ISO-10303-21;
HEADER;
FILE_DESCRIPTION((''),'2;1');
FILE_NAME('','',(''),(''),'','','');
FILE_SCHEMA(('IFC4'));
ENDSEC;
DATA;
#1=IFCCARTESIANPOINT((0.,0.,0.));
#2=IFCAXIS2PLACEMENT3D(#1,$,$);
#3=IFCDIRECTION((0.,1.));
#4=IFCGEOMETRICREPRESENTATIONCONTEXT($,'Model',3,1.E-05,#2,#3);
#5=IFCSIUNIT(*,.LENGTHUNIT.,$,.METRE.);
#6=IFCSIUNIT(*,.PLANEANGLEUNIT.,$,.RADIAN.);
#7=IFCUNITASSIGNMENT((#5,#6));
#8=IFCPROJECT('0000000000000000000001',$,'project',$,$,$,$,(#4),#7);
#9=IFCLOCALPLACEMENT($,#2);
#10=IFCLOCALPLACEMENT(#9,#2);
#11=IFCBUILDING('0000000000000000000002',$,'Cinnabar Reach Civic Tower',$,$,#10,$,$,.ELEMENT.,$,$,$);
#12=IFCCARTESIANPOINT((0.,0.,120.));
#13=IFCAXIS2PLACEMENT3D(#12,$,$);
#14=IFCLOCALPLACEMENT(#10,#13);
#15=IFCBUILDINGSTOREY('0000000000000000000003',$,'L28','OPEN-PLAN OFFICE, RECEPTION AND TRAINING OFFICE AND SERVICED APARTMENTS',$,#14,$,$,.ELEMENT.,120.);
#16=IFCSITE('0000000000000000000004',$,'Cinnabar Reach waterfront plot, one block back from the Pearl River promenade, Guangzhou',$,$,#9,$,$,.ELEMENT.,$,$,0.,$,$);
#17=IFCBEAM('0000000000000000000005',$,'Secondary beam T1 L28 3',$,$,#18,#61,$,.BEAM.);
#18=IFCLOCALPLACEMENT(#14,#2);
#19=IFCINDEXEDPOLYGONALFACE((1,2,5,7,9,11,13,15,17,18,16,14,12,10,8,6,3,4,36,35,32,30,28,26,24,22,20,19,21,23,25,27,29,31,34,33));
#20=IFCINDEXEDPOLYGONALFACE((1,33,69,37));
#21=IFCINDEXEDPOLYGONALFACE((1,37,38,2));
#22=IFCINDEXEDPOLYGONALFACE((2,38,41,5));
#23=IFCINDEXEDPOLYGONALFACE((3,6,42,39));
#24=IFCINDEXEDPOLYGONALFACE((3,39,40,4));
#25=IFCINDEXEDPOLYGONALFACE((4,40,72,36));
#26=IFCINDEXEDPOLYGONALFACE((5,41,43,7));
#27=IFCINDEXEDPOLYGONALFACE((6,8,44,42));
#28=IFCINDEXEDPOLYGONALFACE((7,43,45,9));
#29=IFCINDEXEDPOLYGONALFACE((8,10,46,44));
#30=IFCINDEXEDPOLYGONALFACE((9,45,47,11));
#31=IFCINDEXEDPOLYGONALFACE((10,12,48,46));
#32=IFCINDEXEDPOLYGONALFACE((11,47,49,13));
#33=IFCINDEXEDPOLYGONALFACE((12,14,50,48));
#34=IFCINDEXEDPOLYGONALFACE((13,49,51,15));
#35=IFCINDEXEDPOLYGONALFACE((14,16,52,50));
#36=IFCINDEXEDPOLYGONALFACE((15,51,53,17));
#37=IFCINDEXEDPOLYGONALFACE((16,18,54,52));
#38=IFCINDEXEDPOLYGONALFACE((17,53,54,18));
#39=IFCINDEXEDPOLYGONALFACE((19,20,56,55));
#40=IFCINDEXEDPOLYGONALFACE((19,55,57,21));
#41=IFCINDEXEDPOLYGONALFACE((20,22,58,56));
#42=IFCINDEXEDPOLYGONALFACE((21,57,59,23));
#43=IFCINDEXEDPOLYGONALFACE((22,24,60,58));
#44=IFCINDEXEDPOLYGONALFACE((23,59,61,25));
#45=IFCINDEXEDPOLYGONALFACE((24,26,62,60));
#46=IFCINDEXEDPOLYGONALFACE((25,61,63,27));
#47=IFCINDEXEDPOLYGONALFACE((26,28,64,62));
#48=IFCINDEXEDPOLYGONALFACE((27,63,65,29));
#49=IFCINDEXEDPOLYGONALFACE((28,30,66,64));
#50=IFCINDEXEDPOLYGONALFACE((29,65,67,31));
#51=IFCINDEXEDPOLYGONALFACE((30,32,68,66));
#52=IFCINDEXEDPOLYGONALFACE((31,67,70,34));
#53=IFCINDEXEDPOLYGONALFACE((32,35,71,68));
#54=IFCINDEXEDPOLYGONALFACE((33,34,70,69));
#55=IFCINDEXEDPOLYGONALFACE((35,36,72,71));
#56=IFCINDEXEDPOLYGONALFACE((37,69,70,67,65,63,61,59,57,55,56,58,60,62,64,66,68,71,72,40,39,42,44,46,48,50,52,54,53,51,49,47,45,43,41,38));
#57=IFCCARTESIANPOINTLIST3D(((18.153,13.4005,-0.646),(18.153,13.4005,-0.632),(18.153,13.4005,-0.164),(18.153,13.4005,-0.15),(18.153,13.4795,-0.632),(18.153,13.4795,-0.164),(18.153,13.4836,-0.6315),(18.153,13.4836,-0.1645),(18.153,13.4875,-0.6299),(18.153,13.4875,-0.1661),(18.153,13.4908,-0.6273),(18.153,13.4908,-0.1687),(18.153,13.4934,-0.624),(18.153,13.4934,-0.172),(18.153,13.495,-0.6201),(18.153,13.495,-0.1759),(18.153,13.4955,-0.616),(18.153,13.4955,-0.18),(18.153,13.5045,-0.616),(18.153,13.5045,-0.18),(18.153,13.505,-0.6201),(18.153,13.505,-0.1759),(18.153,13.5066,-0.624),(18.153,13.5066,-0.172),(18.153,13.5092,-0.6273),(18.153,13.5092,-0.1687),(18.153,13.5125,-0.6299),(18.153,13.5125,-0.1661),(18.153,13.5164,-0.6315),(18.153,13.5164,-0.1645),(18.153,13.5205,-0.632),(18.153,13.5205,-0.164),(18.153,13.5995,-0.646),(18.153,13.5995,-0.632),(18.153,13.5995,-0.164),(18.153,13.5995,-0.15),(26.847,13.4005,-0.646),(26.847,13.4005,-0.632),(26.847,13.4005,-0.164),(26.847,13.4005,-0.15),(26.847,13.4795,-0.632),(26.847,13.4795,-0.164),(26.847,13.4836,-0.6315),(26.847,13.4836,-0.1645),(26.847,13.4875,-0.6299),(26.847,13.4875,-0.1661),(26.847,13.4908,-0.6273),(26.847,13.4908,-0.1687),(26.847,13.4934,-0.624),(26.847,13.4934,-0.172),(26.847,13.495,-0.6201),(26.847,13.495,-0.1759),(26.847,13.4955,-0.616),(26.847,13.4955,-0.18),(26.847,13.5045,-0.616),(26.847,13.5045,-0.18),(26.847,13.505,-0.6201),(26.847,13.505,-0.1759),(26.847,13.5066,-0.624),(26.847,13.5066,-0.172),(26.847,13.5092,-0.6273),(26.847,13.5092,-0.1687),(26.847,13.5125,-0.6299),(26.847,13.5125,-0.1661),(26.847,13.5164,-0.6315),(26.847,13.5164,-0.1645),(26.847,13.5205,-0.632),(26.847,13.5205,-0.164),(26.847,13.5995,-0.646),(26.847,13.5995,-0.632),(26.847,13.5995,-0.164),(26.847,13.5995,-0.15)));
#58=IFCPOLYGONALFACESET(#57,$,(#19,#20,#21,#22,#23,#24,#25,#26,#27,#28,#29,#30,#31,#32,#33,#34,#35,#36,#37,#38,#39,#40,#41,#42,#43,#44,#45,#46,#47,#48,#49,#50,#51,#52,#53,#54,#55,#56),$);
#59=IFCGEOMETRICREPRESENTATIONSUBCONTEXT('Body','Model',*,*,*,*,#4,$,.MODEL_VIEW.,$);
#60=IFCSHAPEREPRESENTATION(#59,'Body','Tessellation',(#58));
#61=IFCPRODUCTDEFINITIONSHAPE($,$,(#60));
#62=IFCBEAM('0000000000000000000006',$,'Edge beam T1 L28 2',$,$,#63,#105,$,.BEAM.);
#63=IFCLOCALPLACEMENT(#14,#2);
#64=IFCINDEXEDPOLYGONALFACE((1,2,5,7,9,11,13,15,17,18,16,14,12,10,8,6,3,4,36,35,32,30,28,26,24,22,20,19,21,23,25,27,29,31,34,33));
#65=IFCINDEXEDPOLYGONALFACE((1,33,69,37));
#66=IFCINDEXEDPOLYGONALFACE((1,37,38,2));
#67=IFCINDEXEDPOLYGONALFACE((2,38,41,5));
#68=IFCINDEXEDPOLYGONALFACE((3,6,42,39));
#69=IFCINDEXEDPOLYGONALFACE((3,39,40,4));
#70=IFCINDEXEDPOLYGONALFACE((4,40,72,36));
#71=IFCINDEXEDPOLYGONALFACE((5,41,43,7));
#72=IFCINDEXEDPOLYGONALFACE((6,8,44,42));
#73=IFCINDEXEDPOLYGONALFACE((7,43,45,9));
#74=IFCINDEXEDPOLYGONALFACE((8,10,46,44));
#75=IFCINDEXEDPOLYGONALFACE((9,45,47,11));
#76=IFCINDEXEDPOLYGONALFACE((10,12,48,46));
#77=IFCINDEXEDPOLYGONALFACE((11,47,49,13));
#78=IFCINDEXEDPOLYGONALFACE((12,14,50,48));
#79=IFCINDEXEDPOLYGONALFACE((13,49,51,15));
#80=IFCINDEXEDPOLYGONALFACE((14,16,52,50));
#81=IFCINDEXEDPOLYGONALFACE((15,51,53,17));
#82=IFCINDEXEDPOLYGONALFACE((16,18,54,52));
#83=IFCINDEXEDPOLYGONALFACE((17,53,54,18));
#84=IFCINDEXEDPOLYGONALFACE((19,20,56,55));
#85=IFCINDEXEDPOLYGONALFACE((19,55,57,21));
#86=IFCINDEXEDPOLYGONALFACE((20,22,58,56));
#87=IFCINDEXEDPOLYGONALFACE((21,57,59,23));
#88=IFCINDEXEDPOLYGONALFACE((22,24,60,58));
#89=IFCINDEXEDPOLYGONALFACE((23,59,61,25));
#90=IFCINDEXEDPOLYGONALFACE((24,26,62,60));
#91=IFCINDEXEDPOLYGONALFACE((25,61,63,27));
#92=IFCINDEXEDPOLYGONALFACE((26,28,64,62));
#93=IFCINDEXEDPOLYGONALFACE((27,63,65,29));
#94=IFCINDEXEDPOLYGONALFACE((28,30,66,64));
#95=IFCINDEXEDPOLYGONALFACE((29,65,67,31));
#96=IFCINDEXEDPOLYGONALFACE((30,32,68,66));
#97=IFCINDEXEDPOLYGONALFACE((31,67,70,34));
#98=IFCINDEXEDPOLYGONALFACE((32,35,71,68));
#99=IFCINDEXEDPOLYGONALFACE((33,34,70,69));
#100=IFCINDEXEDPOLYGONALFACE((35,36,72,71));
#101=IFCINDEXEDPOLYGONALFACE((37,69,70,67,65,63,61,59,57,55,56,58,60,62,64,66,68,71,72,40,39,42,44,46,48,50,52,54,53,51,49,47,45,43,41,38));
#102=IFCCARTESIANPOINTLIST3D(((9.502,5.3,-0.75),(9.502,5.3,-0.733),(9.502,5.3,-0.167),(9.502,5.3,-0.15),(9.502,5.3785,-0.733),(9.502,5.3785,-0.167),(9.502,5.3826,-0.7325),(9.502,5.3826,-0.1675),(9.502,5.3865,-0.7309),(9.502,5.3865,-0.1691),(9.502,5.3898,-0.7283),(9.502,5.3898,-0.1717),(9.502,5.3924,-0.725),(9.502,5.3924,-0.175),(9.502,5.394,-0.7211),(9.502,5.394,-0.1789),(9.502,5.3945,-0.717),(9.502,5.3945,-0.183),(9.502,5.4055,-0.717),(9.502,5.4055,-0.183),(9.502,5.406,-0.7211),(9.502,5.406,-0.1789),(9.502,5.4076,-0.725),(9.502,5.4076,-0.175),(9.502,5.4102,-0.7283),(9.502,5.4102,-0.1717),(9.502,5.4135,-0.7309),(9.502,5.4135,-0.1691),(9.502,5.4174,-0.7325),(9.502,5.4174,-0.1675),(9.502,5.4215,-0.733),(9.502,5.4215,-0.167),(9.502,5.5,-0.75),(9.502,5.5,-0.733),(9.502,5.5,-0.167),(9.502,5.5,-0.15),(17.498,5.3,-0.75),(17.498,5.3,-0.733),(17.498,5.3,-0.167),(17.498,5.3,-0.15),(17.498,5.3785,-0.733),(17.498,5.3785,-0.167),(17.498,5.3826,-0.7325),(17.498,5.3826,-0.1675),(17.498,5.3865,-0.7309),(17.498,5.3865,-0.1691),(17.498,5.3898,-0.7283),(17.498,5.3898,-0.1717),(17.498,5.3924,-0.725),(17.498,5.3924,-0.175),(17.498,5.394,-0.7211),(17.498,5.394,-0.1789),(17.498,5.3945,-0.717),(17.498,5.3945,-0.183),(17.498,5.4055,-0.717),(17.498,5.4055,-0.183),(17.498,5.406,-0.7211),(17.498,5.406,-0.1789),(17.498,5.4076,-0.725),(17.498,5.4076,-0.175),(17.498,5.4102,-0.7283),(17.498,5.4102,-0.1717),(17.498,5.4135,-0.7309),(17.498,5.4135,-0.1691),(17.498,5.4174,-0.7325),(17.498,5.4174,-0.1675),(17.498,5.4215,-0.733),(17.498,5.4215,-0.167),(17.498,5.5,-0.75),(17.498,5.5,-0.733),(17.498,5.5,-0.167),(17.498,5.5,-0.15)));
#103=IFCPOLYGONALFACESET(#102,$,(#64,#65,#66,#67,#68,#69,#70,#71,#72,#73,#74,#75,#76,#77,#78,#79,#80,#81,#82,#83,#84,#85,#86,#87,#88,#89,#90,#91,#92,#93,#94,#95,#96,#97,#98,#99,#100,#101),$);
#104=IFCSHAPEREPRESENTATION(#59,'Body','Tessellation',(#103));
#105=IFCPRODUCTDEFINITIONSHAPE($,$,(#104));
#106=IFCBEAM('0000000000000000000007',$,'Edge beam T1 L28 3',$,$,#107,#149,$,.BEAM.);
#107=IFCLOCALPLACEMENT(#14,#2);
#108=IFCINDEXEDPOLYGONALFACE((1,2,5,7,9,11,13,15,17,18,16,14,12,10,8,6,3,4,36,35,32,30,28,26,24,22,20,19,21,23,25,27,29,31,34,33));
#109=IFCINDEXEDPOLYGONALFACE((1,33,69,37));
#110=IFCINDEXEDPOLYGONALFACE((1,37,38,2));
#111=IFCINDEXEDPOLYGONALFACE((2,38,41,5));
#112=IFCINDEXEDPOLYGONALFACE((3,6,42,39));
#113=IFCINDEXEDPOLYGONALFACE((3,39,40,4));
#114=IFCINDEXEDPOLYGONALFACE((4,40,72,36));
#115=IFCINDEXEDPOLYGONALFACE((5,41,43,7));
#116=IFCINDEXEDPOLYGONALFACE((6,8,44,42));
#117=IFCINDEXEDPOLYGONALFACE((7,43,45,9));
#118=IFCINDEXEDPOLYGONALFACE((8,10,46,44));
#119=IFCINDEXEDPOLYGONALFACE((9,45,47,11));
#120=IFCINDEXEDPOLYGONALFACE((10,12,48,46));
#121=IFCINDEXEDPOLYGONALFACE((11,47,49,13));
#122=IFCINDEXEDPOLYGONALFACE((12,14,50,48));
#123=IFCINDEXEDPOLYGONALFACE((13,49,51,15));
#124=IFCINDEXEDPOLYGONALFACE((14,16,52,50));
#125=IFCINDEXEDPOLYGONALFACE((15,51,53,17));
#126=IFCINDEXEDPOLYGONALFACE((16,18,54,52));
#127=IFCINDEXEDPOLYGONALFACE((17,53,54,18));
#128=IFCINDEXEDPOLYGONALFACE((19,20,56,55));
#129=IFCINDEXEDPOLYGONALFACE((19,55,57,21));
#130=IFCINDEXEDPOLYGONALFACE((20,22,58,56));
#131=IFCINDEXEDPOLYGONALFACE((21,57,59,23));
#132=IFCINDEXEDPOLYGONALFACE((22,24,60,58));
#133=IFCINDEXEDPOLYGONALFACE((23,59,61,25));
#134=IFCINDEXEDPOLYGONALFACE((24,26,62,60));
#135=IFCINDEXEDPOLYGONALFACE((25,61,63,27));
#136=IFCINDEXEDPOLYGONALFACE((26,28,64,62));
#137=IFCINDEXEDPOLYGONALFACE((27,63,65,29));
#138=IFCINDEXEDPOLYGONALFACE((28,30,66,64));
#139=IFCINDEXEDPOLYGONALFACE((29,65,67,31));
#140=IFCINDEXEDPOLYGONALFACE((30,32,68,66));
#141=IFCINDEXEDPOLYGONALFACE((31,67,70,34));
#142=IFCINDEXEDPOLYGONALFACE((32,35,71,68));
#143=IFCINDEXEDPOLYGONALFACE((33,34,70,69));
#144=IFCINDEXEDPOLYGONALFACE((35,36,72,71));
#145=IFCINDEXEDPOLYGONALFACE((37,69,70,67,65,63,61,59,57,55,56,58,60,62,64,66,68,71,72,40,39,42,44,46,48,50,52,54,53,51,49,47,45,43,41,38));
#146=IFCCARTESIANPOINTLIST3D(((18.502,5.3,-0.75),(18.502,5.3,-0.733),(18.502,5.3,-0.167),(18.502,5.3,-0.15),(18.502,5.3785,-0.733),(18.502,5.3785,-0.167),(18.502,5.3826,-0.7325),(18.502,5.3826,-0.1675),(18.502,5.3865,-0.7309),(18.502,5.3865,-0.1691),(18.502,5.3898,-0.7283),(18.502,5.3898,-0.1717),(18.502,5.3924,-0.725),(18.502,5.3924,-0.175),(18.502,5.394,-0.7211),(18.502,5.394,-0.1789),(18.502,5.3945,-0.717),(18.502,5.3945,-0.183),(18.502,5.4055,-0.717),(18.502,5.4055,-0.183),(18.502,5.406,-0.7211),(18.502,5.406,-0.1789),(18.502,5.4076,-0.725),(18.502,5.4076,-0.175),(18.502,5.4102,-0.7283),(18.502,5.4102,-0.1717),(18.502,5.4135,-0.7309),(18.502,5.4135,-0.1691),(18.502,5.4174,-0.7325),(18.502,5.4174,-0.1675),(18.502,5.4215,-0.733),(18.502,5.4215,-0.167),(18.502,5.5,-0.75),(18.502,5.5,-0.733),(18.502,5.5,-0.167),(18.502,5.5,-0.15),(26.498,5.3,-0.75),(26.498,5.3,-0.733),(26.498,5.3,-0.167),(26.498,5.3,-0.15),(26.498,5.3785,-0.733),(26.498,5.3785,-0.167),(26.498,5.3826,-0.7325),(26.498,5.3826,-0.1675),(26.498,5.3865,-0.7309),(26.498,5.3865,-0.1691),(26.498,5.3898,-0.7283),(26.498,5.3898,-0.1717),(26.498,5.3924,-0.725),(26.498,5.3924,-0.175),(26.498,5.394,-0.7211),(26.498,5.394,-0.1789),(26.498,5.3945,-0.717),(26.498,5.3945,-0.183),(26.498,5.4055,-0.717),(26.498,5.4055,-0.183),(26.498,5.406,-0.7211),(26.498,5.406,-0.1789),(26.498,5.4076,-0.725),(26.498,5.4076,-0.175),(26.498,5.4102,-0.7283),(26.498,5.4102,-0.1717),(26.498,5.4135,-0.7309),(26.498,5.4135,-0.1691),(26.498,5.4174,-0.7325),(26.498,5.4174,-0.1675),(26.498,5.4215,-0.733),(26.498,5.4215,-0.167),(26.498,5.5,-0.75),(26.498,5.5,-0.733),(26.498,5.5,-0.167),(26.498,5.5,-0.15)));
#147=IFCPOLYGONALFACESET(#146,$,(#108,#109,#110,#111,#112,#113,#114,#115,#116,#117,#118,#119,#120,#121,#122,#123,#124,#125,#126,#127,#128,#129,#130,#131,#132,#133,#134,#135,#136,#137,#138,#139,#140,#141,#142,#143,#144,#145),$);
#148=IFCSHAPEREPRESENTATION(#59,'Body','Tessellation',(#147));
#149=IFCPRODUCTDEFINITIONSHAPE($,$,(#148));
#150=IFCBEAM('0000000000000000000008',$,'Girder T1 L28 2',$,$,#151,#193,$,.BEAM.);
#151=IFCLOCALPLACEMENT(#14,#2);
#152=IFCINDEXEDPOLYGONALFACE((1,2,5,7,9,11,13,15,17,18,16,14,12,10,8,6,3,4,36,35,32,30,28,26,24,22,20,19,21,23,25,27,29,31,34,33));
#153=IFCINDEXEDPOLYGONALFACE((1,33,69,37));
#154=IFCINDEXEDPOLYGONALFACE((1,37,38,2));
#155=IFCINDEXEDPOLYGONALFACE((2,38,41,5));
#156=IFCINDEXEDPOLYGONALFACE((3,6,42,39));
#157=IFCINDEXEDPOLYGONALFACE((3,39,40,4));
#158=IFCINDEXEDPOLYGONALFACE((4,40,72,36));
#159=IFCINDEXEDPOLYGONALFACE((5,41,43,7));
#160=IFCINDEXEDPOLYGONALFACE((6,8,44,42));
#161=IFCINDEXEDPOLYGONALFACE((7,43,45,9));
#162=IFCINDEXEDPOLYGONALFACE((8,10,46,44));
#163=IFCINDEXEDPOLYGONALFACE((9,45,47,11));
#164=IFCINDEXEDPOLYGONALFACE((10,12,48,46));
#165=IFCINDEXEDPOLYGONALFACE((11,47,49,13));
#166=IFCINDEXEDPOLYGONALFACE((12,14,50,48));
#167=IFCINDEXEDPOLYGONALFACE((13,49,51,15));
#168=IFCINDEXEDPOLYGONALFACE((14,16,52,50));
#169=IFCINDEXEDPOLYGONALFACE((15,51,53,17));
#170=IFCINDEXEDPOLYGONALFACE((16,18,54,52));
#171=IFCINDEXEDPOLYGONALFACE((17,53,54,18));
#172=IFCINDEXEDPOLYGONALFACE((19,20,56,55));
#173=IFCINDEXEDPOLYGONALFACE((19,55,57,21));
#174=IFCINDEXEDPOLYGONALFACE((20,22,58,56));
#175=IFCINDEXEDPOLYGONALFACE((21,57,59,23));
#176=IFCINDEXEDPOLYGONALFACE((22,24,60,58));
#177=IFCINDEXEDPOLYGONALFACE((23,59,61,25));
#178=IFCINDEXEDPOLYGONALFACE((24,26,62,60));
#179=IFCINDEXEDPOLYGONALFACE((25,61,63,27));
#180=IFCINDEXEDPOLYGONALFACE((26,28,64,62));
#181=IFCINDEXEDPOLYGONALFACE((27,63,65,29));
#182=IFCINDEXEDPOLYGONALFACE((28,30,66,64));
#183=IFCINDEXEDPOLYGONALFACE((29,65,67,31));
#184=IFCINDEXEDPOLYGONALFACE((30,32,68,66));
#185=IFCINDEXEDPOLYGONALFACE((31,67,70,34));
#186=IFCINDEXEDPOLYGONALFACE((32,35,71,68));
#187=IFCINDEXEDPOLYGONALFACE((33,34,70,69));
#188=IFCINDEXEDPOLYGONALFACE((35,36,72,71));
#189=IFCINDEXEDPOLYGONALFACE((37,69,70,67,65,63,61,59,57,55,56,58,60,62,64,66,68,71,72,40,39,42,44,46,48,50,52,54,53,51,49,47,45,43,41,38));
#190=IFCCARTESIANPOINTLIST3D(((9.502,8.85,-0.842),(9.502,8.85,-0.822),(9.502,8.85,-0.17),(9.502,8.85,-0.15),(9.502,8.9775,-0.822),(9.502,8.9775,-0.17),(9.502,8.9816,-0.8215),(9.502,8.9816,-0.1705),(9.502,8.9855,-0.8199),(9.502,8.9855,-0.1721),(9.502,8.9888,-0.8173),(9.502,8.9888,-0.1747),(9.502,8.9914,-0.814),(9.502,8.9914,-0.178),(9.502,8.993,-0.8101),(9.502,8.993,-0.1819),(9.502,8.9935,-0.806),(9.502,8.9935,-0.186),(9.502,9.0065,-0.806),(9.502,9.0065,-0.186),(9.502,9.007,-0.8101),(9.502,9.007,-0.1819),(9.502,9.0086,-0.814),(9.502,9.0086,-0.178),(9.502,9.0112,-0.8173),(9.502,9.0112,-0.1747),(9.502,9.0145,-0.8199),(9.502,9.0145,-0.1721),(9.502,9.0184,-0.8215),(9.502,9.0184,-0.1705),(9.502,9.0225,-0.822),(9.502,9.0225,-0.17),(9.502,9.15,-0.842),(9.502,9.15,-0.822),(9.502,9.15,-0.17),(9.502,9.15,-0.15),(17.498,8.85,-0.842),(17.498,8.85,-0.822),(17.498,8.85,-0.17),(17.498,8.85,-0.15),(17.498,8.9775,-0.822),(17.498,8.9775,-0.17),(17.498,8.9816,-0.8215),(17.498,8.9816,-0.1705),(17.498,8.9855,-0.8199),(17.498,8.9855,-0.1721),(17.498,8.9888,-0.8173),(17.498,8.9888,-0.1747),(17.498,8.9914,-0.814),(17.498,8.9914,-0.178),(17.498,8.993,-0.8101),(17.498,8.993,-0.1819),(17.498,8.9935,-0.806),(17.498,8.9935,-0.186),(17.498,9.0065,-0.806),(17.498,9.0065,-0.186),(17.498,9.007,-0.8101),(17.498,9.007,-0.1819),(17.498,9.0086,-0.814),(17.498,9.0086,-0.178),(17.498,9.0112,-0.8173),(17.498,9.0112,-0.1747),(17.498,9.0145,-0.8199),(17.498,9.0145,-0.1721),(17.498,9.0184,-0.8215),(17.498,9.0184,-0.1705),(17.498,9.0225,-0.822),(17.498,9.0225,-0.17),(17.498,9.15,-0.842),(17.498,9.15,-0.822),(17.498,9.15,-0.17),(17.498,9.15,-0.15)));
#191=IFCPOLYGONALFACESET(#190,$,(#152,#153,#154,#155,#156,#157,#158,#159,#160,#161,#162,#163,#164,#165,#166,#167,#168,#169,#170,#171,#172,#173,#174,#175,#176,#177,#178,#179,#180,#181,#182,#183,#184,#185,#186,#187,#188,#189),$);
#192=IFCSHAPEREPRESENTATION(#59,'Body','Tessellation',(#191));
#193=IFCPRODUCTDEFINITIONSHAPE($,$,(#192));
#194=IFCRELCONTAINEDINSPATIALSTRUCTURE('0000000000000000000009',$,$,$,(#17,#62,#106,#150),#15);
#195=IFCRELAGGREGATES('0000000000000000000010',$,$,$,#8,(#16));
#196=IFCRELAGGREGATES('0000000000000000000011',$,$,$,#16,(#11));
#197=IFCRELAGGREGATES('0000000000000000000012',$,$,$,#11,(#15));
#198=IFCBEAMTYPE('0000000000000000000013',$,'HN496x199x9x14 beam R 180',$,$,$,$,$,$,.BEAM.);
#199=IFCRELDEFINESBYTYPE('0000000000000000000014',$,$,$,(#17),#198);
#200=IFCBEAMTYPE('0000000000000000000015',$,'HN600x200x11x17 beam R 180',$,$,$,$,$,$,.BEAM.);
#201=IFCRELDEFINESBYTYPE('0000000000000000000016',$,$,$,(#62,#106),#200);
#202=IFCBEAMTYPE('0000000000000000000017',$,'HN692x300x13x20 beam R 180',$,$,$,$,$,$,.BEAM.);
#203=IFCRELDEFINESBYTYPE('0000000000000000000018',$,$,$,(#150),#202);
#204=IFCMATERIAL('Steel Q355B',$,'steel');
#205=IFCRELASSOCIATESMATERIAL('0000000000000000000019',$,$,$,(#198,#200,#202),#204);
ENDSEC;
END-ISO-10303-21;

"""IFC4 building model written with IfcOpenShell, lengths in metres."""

from ifc_helpers import new_model, si_unit, direction, frame, origin, origin_2d, place, context, subcontext, project, spatial, i_section, extrude, material, material_profile, profile_set, type_object, element, save


model = new_model("IFC4")

# Units and contexts
model_context = context("Model", 3, precision=1e-05, world=origin(), true_north=direction((0.0, 1.0)))
body_context = subcontext(model_context, "Body", "Model", "MODEL_VIEW")
ifc_project = project(units=[si_unit("LENGTHUNIT", "METRE"), si_unit("PLANEANGLEUNIT", "RADIAN")], contexts=[model_context])

# Site, building, storey
site_placement = place(None, origin())
site = spatial("IfcSite", under=ifc_project, at=site_placement, Name="Cinnabar Reach waterfront plot, one block back from the Pearl River promenade, Guangzhou", CompositionType="ELEMENT", RefElevation=0.0)
building_placement = place(site_placement, origin())
building = spatial("IfcBuilding", under=site, at=building_placement, Name="Cinnabar Reach Civic Tower", CompositionType="ELEMENT")
storey_placement = place(building_placement, frame((0.0, 0.0, 120.0)))
storey = spatial("IfcBuildingStorey", under=building, at=storey_placement, Name="L28", Description="OPEN-PLAN OFFICE, RECEPTION AND TRAINING OFFICE AND SERVICED APARTMENTS", CompositionType="ELEMENT", Elevation=120.0)

# Beams
ifc_material_1 = material(Name="Steel Q355B", Category="steel")
ifc_material_profile_1 = material_profile(ifc_material_1, i_section(OverallWidth=0.199, OverallDepth=0.496, WebThickness=0.009, FlangeThickness=0.014, FilletRadius=0.016, at=origin_2d()), Name="HN496x199x9x14")
ifc_profile_set_1 = profile_set([ifc_material_profile_1], Name="Steel Q355B")
beam_type_1 = type_object("IfcBeamType", Name="HN496x199x9x14 beam R 180", PredefinedType="BEAM", material=ifc_profile_set_1)
for number, where, z_axis, x_axis, name in (
    (1, (18.153, 13.5, -0.398), (1.0, 0.0, 0.0), (0.0, 1.0, 0.0), "Secondary beam T1 L28 3"),
):
    element("IfcBeam", number, at=place(storey_placement, frame(where, z_axis=z_axis, x_axis=x_axis)), inside=storey, type_object=beam_type_1, Name=name, PredefinedType="BEAM", context=body_context, shape_type="SweptSolid", body=[
        extrude(i_section(OverallWidth=0.199, OverallDepth=0.496, WebThickness=0.009, FlangeThickness=0.014, FilletRadius=0.016, at=origin_2d()), origin(), (0.0, 0.0, 1.0), 8.694),
    ])
ifc_material_profile_2 = material_profile(ifc_material_1, i_section(OverallWidth=0.2, OverallDepth=0.6, WebThickness=0.011, FlangeThickness=0.017, FilletRadius=0.016, at=origin_2d()), Name="HN600x200x11x17")
ifc_profile_set_2 = profile_set([ifc_material_profile_2], Name="Steel Q355B")
beam_type_2 = type_object("IfcBeamType", Name="HN600x200x11x17 beam R 180", PredefinedType="BEAM", material=ifc_profile_set_2)
for number, where, z_axis, x_axis, name in (
    (2, (9.502, 5.4, -0.45), (1.0, 0.0, 0.0), (0.0, 1.0, 0.0), "Edge beam T1 L28 2"),
    (3, (18.502, 5.4, -0.45), (1.0, 0.0, 0.0), (0.0, 1.0, 0.0), "Edge beam T1 L28 3"),
):
    element("IfcBeam", number, at=place(storey_placement, frame(where, z_axis=z_axis, x_axis=x_axis)), inside=storey, type_object=beam_type_2, Name=name, PredefinedType="BEAM", context=body_context, shape_type="SweptSolid", body=[
        extrude(i_section(OverallWidth=0.2, OverallDepth=0.6, WebThickness=0.011, FlangeThickness=0.017, FilletRadius=0.016, at=origin_2d()), origin(), (0.0, 0.0, 1.0), 7.996),
    ])
ifc_material_profile_3 = material_profile(ifc_material_1, i_section(OverallWidth=0.3, OverallDepth=0.692, WebThickness=0.013, FlangeThickness=0.02, FilletRadius=0.016, at=origin_2d()), Name="HN692x300x13x20")
ifc_profile_set_3 = profile_set([ifc_material_profile_3], Name="Steel Q355B")
beam_type_3 = type_object("IfcBeamType", Name="HN692x300x13x20 beam R 180", PredefinedType="BEAM", material=ifc_profile_set_3)
for number, where, z_axis, x_axis, name in (
    (4, (9.502, 9.0, -0.496), (1.0, 0.0, 0.0), (0.0, 1.0, 0.0), "Girder T1 L28 2"),
):
    element("IfcBeam", number, at=place(storey_placement, frame(where, z_axis=z_axis, x_axis=x_axis)), inside=storey, type_object=beam_type_3, Name=name, PredefinedType="BEAM", context=body_context, shape_type="SweptSolid", body=[
        extrude(i_section(OverallWidth=0.3, OverallDepth=0.692, WebThickness=0.013, FlangeThickness=0.02, FilletRadius=0.016, at=origin_2d()), origin(), (0.0, 0.0, 1.0), 7.996),
    ])

save(model, "model.ifc")
